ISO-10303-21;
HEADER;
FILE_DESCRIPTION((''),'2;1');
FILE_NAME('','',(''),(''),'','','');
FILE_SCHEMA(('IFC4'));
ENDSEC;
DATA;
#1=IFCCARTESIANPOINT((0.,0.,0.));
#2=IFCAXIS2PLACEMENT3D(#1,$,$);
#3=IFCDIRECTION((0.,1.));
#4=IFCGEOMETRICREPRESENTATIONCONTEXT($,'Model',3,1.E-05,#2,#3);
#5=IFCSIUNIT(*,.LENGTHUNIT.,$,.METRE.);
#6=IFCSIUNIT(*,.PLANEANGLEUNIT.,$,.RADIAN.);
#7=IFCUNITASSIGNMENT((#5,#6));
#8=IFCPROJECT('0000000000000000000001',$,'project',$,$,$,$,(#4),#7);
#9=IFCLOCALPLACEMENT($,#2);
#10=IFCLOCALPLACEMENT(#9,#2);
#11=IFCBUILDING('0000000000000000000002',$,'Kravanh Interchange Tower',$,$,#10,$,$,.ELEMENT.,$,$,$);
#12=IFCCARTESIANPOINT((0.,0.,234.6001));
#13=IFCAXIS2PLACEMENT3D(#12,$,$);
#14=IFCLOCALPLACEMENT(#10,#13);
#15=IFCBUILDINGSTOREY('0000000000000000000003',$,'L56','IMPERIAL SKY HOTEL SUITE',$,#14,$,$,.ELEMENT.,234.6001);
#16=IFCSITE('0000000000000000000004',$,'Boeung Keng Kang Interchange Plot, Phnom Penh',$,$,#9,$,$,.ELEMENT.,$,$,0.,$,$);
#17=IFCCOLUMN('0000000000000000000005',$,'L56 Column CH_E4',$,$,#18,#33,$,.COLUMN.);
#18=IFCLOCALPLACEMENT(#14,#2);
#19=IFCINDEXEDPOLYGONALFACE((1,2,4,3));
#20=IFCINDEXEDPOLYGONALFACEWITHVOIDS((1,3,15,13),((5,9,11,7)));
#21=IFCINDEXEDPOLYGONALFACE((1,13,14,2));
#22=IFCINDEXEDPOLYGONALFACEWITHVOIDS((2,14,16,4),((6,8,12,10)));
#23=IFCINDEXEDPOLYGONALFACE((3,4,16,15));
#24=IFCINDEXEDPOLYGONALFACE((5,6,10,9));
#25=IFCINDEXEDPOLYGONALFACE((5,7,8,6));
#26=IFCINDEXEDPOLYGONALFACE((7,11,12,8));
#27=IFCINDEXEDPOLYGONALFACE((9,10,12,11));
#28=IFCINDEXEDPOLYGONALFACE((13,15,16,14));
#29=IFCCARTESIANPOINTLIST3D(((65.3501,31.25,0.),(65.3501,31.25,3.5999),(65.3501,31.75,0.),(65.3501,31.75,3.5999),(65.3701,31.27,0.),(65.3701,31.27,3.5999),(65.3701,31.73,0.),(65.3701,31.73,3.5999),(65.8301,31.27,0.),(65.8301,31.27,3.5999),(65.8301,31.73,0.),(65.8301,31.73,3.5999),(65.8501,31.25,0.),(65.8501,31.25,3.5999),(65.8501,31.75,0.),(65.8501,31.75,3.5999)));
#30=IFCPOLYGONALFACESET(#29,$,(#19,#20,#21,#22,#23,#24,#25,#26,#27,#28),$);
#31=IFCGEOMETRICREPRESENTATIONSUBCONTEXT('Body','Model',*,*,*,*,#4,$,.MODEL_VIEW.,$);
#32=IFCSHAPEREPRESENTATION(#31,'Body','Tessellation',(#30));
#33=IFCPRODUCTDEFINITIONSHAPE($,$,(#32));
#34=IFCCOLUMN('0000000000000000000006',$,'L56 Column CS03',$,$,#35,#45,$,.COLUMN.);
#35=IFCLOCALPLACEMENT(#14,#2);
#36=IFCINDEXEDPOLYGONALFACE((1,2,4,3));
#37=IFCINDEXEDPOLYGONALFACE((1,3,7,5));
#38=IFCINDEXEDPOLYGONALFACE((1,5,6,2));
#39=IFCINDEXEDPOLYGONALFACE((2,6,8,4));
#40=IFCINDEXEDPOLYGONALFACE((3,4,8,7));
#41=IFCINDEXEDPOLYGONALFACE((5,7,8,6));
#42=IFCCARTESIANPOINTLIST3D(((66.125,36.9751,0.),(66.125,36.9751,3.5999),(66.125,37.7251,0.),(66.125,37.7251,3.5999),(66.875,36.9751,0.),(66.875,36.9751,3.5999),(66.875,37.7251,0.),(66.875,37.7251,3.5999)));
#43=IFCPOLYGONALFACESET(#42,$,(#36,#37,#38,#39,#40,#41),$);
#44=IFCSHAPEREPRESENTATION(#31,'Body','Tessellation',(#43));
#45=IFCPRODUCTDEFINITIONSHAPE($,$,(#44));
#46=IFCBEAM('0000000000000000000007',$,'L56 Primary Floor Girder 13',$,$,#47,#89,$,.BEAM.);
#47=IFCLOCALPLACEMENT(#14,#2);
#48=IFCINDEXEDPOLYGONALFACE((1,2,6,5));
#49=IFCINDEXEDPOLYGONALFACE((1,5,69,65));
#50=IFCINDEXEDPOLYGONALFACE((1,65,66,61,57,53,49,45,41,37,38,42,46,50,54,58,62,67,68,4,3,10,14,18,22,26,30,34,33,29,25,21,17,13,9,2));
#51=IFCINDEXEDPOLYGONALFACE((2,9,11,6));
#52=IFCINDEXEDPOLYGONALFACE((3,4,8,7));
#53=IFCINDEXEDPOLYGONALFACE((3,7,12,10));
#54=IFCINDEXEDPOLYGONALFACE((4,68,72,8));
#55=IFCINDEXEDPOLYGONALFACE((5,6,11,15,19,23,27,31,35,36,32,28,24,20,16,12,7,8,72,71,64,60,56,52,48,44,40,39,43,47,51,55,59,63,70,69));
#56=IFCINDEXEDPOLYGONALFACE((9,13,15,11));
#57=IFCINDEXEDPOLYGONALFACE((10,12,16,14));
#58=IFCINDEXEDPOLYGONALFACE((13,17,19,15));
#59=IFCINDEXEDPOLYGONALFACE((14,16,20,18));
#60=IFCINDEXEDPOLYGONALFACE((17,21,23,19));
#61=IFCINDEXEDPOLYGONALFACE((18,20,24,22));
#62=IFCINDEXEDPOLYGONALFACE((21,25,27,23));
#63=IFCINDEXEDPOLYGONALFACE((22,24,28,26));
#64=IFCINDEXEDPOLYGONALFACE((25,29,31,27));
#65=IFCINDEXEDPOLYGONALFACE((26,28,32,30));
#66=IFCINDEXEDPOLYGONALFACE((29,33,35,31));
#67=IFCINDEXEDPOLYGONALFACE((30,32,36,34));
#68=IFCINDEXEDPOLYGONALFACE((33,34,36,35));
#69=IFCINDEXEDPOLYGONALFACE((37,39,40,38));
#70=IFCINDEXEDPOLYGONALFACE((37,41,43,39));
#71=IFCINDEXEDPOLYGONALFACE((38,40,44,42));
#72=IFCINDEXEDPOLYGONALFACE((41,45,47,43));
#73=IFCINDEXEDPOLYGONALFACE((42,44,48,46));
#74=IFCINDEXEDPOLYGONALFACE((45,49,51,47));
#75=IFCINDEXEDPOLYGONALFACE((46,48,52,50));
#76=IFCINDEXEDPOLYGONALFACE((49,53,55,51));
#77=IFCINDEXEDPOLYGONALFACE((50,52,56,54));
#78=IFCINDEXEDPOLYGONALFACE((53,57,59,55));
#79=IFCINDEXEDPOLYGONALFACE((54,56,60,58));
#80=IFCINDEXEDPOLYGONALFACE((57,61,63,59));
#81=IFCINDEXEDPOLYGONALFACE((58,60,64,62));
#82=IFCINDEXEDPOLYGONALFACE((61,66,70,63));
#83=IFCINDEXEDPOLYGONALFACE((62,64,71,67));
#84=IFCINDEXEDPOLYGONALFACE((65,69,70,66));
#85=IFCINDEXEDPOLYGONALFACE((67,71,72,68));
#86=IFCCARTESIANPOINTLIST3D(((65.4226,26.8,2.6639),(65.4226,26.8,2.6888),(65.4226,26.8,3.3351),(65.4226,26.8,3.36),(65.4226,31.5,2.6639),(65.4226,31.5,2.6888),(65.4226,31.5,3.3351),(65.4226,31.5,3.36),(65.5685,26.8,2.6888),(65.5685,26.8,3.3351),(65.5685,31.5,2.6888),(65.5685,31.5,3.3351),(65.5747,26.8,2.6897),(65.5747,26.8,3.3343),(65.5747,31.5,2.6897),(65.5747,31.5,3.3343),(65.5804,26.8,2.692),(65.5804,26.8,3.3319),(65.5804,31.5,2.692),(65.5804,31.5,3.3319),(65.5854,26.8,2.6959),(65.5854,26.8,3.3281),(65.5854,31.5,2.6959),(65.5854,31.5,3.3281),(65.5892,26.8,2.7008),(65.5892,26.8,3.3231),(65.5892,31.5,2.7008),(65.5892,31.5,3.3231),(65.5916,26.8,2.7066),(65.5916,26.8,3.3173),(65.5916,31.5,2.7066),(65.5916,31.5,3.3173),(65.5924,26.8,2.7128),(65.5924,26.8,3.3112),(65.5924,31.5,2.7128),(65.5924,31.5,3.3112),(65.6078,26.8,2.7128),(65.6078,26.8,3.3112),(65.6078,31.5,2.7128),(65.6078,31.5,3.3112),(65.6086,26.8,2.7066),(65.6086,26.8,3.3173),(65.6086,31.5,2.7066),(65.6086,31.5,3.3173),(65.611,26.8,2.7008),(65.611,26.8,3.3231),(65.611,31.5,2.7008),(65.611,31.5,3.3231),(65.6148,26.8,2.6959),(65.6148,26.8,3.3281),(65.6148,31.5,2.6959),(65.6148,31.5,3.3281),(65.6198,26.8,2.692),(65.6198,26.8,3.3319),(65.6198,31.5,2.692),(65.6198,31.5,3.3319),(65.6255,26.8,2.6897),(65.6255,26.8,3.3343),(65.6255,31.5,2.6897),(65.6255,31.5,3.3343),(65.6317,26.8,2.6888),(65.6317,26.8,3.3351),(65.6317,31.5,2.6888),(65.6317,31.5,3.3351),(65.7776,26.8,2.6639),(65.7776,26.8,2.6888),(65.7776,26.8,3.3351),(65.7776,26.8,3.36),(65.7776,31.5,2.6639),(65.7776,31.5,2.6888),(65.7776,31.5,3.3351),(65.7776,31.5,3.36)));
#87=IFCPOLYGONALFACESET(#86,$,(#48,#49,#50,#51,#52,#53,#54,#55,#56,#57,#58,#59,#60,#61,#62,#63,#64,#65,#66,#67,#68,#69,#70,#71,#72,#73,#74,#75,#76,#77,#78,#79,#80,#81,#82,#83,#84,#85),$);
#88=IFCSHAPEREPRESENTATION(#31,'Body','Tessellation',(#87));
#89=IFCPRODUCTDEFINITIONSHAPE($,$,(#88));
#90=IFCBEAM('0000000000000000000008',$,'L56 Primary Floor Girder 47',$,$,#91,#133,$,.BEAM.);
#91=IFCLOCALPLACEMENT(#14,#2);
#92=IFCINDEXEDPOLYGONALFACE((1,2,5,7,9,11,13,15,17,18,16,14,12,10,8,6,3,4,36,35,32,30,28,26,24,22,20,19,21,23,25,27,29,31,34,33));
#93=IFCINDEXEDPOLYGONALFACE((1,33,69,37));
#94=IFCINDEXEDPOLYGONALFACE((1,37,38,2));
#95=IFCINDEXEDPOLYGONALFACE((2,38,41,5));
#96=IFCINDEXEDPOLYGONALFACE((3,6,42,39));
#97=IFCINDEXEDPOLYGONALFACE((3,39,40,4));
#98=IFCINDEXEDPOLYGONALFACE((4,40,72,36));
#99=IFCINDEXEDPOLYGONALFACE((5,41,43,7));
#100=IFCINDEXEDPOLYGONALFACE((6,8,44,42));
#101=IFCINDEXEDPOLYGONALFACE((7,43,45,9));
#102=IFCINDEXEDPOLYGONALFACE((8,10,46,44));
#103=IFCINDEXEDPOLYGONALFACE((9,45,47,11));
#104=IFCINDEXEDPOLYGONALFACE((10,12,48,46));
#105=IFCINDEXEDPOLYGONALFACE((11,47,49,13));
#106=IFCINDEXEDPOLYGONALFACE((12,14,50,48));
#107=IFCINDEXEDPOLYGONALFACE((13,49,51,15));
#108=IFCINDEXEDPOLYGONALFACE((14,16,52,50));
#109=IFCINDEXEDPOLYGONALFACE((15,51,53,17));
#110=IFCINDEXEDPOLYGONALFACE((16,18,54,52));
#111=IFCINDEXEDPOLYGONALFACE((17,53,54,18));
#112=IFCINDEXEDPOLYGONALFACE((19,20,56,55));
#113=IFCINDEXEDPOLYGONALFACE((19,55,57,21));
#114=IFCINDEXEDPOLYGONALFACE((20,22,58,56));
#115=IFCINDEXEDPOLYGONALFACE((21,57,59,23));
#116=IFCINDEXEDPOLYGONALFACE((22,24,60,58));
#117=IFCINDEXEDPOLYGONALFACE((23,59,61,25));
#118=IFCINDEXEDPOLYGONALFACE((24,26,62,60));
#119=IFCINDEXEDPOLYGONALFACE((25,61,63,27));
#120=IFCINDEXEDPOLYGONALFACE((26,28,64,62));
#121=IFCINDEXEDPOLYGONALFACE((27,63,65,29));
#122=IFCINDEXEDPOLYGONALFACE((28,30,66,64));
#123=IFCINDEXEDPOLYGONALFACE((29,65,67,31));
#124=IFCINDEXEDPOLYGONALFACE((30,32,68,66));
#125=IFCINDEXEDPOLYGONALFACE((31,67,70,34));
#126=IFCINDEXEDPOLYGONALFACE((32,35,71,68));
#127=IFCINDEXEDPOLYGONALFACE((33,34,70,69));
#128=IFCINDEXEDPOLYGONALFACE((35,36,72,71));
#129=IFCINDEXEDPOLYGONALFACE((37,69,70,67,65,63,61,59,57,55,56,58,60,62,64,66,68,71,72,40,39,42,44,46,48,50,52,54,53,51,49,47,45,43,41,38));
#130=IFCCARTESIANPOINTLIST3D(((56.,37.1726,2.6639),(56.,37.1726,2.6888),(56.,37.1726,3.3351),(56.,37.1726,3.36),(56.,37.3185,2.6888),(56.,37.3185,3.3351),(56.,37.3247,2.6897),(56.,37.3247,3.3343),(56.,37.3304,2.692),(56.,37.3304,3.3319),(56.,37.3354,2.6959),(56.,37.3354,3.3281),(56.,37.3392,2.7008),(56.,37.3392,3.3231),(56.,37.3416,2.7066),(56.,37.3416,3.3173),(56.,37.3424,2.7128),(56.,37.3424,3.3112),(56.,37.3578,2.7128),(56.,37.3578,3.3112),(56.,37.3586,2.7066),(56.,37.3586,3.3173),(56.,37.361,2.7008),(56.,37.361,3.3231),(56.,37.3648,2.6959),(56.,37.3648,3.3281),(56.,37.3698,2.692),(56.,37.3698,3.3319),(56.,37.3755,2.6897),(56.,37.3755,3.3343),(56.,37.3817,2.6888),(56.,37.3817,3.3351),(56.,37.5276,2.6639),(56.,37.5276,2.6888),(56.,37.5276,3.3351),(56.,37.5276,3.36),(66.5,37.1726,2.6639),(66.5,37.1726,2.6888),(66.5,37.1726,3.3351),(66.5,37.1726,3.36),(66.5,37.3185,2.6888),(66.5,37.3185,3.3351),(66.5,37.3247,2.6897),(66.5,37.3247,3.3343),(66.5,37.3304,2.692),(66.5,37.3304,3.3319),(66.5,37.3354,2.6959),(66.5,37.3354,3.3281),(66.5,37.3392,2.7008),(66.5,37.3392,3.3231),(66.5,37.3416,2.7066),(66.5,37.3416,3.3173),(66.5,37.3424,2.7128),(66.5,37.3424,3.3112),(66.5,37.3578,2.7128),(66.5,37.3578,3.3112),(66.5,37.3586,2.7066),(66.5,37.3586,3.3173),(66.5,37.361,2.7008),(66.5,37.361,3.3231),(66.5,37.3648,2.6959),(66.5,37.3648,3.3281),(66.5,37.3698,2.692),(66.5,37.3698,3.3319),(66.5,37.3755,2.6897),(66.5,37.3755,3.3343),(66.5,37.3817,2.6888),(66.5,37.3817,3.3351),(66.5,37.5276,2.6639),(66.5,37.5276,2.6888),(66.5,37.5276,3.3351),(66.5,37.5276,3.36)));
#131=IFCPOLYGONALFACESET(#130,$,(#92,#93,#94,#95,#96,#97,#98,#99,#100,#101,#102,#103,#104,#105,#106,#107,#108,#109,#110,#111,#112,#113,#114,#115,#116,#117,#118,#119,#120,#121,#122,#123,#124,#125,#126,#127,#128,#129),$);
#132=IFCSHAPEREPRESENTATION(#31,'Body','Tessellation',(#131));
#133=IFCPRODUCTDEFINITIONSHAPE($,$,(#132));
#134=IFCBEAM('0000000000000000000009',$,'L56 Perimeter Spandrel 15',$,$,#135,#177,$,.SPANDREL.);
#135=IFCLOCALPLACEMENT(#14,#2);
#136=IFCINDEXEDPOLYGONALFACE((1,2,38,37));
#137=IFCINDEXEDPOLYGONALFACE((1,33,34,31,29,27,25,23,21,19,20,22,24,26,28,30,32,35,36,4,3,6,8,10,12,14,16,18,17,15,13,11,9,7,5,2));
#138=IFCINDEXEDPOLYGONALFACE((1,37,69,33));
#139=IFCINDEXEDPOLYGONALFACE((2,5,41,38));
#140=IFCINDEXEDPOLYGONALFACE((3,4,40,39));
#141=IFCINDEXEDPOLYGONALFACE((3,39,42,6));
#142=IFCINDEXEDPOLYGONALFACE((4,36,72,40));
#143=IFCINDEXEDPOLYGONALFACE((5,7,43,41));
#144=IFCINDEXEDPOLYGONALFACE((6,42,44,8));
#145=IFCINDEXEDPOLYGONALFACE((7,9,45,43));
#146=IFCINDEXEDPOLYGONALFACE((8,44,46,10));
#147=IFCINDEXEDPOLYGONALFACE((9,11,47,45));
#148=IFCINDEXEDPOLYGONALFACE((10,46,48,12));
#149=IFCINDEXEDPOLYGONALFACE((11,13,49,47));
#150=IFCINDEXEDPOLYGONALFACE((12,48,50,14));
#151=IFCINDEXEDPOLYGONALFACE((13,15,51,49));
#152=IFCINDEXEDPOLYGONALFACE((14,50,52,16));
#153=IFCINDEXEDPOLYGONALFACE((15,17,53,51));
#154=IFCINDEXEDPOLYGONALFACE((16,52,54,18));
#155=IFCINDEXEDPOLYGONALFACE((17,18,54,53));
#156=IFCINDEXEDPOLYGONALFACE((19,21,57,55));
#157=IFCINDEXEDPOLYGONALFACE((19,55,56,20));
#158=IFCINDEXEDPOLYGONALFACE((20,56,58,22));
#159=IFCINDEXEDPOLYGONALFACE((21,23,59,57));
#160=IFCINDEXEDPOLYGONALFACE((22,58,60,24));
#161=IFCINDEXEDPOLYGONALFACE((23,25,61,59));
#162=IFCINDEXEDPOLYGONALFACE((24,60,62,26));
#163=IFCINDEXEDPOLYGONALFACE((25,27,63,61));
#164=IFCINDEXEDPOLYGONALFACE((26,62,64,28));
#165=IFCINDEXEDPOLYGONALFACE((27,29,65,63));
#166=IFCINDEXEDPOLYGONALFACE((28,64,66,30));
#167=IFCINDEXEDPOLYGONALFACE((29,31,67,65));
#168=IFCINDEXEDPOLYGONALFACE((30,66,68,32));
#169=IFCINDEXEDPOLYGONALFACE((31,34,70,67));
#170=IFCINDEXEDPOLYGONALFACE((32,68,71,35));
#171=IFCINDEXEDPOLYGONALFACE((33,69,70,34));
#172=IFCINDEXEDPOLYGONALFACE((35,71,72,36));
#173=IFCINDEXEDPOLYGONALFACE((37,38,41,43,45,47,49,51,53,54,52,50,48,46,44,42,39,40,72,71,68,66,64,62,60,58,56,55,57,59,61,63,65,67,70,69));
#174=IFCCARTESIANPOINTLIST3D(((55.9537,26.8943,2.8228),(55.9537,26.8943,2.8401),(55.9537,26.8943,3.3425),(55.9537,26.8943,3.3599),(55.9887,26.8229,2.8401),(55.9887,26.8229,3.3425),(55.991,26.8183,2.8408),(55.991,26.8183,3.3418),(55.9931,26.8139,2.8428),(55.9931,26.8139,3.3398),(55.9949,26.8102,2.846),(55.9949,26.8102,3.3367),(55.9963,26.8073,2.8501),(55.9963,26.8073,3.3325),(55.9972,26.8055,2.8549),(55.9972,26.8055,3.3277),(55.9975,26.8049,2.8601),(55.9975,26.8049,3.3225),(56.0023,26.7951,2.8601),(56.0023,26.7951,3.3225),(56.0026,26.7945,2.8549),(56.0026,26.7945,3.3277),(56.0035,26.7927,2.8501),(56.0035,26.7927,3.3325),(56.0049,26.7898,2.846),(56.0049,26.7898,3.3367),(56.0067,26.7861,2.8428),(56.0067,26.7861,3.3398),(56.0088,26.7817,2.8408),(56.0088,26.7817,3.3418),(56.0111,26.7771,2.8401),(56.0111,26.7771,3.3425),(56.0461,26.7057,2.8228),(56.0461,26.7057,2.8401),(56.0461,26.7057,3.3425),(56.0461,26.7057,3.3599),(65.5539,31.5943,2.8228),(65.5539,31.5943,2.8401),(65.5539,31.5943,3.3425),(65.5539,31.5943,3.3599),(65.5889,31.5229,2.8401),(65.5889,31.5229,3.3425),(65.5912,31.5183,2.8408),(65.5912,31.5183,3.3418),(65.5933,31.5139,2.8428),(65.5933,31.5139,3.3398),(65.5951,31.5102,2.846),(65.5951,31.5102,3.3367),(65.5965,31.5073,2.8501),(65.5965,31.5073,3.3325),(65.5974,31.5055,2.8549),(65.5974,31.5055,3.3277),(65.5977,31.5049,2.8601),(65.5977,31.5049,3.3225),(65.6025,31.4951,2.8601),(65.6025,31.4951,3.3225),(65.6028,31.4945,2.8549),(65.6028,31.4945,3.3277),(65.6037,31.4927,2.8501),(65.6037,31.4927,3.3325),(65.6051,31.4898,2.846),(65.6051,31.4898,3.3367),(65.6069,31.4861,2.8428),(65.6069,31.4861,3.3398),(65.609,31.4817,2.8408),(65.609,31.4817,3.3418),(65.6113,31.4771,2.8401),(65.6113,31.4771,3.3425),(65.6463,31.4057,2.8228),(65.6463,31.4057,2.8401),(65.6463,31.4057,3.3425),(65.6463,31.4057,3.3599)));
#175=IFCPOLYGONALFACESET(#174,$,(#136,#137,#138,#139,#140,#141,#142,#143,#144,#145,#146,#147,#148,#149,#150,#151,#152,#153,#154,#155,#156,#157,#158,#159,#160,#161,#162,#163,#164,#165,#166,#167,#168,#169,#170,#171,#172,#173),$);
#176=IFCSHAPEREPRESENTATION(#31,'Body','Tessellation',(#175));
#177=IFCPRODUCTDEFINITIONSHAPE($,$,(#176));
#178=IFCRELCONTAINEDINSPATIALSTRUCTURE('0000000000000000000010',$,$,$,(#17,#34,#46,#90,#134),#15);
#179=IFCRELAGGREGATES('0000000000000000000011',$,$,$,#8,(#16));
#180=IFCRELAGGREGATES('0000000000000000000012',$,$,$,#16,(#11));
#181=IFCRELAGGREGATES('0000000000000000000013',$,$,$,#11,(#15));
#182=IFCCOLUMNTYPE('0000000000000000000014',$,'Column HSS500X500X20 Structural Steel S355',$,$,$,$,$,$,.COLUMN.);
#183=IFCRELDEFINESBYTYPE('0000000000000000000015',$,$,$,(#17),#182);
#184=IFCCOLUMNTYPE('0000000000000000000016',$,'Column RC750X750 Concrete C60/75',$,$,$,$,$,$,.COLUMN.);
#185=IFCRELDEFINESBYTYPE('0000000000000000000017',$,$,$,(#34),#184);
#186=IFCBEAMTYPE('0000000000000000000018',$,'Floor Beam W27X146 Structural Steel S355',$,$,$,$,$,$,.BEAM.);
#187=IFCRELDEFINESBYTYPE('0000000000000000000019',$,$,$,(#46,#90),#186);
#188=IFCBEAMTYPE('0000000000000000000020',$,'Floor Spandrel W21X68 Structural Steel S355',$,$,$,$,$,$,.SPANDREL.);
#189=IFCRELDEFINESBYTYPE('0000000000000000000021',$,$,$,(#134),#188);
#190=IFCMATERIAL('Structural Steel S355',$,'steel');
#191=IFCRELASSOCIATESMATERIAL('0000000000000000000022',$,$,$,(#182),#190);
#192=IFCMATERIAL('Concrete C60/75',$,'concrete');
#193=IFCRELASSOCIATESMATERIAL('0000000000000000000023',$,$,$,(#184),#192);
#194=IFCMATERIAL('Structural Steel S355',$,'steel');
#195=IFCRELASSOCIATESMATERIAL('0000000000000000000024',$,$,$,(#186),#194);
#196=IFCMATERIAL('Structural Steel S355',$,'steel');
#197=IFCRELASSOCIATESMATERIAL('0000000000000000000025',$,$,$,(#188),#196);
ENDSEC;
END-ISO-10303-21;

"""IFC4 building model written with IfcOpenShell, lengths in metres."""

from ifc_helpers import new_model, si_unit, direction, frame, origin, origin_2d, place, context, subcontext, project, spatial, rectangle, hollow_rectangle, i_section, extrude, material, material_profile, profile_set, type_object, element, save


model = new_model("IFC4")

# Units and contexts
model_context = context("Model", 3, precision=1e-05, world=origin(), true_north=direction((0.0, 1.0)))
body_context = subcontext(model_context, "Body", "Model", "MODEL_VIEW")
ifc_project = project(units=[si_unit("LENGTHUNIT", "METRE"), si_unit("PLANEANGLEUNIT", "RADIAN")], contexts=[model_context])

# Site, building, storey
site_placement = place(None, origin())
site = spatial("IfcSite", under=ifc_project, at=site_placement, Name="Boeung Keng Kang Interchange Plot, Phnom Penh", CompositionType="ELEMENT", RefElevation=0.0)
building_placement = place(site_placement, origin())
building = spatial("IfcBuilding", under=site, at=building_placement, Name="Kravanh Interchange Tower", CompositionType="ELEMENT")
storey_placement = place(building_placement, frame((0.0, 0.0, 234.6001)))
storey = spatial("IfcBuildingStorey", under=building, at=storey_placement, Name="L56", Description="IMPERIAL SKY HOTEL SUITE", CompositionType="ELEMENT", Elevation=234.6001)

# Columns
ifc_material_1 = material(Name="Structural Steel S355", Category="steel")
ifc_material_profile_1 = material_profile(ifc_material_1, hollow_rectangle(XDim=0.5, YDim=0.5, WallThickness=0.02, at=origin_2d()), Name="HSS500X500X20")
ifc_profile_set_1 = profile_set([ifc_material_profile_1], Name="Structural Steel S355")
column_type_1 = type_object("IfcColumnType", Name="Column HSS500X500X20 Structural Steel S355", PredefinedType="COLUMN", material=ifc_profile_set_1)
column_1_placement = place(storey_placement, frame((65.6001, 31.5, 0.0), z_axis=(0.0, 0.0, 1.0), x_axis=(1.0, 0.0, 0.0)))
element("IfcColumn", 1, at=column_1_placement, inside=storey, type_object=column_type_1, Name="L56 Column CH_E4", PredefinedType="COLUMN", context=body_context, shape_type="SweptSolid", body=[
    extrude(hollow_rectangle(XDim=0.5, YDim=0.5, WallThickness=0.02, at=origin_2d()), origin(), (0.0, 0.0, 1.0), 3.5999),
])
ifc_material_2 = material(Name="Concrete C60/75", Category="concrete")
ifc_material_profile_2 = material_profile(ifc_material_2, rectangle(XDim=0.75, YDim=0.75, at=origin_2d()), Name="RC750X750")
ifc_profile_set_2 = profile_set([ifc_material_profile_2], Name="Concrete C60/75")
column_type_2 = type_object("IfcColumnType", Name="Column RC750X750 Concrete C60/75", PredefinedType="COLUMN", material=ifc_profile_set_2)
column_2_placement = place(storey_placement, frame((66.5, 37.3501, 0.0), z_axis=(0.0, 0.0, 1.0), x_axis=(1.0, 0.0, 0.0)))
element("IfcColumn", 2, at=column_2_placement, inside=storey, type_object=column_type_2, Name="L56 Column CS03", PredefinedType="COLUMN", context=body_context, shape_type="SweptSolid", body=[
    extrude(rectangle(XDim=0.75, YDim=0.75, at=origin_2d()), origin(), (0.0, 0.0, 1.0), 3.5999),
])

# Beams
ifc_material_3 = material(Name="Structural Steel S355", Category="steel")
ifc_material_profile_3 = material_profile(ifc_material_3, i_section(OverallWidth=0.355, OverallDepth=0.696, WebThickness=0.0154, FlangeThickness=0.0249, FilletRadius=0.0239, at=origin_2d()), Name="W27X146")
ifc_profile_set_3 = profile_set([ifc_material_profile_3], Name="Structural Steel S355")
beam_type_1 = type_object("IfcBeamType", Name="Floor Beam W27X146 Structural Steel S355", PredefinedType="BEAM", material=ifc_profile_set_3)
beam_1_placement = place(storey_placement, frame((65.6001, 31.5, 3.012), z_axis=(0.0, -1.0, 0.0), x_axis=(1.0, 0.0, 0.0)))
element("IfcBeam", 3, at=beam_1_placement, inside=storey, type_object=beam_type_1, Name="L56 Primary Floor Girder 13", PredefinedType="BEAM", context=body_context, shape_type="SweptSolid", body=[
    extrude(i_section(OverallWidth=0.355, OverallDepth=0.696, WebThickness=0.0154, FlangeThickness=0.0249, FilletRadius=0.0239, at=origin_2d()), origin(), (0.0, 0.0, 1.0), 4.7),
])
beam_2_placement = place(storey_placement, frame((66.5, 37.3501, 3.012), z_axis=(-1.0, 0.0, 0.0), x_axis=(0.0, -1.0, 0.0)))
element("IfcBeam", 4, at=beam_2_placement, inside=storey, type_object=beam_type_1, Name="L56 Primary Floor Girder 47", PredefinedType="BEAM", context=body_context, shape_type="SweptSolid", body=[
    extrude(i_section(OverallWidth=0.355, OverallDepth=0.696, WebThickness=0.0154, FlangeThickness=0.0249, FilletRadius=0.0239, at=origin_2d()), origin(), (0.0, 0.0, 1.0), 10.5),
])
ifc_material_4 = material(Name="Structural Steel S355", Category="steel")
ifc_material_profile_4 = material_profile(ifc_material_4, i_section(OverallWidth=0.21, OverallDepth=0.5371, WebThickness=0.011, FlangeThickness=0.0173, FilletRadius=0.02, at=origin_2d()), Name="W21X68")
ifc_profile_set_4 = profile_set([ifc_material_profile_4], Name="Structural Steel S355")
beam_type_2 = type_object("IfcBeamType", Name="Floor Spandrel W21X68 Structural Steel S355", PredefinedType="SPANDREL", material=ifc_profile_set_4)
beam_3_placement = place(storey_placement, frame((65.6001, 31.5, 3.0913), z_axis=(-0.898142, -0.439706, 0.0), x_axis=(0.439706, -0.898142, 0.0)))
element("IfcBeam", 5, at=beam_3_placement, inside=storey, type_object=beam_type_2, Name="L56 Perimeter Spandrel 15", PredefinedType="SPANDREL", context=body_context, shape_type="SweptSolid", body=[
    extrude(i_section(OverallWidth=0.21, OverallDepth=0.5371, WebThickness=0.011, FlangeThickness=0.0173, FilletRadius=0.02, at=origin_2d()), origin(), (0.0, 0.0, 1.0), 10.689),
])

save(model, "model.ifc")
